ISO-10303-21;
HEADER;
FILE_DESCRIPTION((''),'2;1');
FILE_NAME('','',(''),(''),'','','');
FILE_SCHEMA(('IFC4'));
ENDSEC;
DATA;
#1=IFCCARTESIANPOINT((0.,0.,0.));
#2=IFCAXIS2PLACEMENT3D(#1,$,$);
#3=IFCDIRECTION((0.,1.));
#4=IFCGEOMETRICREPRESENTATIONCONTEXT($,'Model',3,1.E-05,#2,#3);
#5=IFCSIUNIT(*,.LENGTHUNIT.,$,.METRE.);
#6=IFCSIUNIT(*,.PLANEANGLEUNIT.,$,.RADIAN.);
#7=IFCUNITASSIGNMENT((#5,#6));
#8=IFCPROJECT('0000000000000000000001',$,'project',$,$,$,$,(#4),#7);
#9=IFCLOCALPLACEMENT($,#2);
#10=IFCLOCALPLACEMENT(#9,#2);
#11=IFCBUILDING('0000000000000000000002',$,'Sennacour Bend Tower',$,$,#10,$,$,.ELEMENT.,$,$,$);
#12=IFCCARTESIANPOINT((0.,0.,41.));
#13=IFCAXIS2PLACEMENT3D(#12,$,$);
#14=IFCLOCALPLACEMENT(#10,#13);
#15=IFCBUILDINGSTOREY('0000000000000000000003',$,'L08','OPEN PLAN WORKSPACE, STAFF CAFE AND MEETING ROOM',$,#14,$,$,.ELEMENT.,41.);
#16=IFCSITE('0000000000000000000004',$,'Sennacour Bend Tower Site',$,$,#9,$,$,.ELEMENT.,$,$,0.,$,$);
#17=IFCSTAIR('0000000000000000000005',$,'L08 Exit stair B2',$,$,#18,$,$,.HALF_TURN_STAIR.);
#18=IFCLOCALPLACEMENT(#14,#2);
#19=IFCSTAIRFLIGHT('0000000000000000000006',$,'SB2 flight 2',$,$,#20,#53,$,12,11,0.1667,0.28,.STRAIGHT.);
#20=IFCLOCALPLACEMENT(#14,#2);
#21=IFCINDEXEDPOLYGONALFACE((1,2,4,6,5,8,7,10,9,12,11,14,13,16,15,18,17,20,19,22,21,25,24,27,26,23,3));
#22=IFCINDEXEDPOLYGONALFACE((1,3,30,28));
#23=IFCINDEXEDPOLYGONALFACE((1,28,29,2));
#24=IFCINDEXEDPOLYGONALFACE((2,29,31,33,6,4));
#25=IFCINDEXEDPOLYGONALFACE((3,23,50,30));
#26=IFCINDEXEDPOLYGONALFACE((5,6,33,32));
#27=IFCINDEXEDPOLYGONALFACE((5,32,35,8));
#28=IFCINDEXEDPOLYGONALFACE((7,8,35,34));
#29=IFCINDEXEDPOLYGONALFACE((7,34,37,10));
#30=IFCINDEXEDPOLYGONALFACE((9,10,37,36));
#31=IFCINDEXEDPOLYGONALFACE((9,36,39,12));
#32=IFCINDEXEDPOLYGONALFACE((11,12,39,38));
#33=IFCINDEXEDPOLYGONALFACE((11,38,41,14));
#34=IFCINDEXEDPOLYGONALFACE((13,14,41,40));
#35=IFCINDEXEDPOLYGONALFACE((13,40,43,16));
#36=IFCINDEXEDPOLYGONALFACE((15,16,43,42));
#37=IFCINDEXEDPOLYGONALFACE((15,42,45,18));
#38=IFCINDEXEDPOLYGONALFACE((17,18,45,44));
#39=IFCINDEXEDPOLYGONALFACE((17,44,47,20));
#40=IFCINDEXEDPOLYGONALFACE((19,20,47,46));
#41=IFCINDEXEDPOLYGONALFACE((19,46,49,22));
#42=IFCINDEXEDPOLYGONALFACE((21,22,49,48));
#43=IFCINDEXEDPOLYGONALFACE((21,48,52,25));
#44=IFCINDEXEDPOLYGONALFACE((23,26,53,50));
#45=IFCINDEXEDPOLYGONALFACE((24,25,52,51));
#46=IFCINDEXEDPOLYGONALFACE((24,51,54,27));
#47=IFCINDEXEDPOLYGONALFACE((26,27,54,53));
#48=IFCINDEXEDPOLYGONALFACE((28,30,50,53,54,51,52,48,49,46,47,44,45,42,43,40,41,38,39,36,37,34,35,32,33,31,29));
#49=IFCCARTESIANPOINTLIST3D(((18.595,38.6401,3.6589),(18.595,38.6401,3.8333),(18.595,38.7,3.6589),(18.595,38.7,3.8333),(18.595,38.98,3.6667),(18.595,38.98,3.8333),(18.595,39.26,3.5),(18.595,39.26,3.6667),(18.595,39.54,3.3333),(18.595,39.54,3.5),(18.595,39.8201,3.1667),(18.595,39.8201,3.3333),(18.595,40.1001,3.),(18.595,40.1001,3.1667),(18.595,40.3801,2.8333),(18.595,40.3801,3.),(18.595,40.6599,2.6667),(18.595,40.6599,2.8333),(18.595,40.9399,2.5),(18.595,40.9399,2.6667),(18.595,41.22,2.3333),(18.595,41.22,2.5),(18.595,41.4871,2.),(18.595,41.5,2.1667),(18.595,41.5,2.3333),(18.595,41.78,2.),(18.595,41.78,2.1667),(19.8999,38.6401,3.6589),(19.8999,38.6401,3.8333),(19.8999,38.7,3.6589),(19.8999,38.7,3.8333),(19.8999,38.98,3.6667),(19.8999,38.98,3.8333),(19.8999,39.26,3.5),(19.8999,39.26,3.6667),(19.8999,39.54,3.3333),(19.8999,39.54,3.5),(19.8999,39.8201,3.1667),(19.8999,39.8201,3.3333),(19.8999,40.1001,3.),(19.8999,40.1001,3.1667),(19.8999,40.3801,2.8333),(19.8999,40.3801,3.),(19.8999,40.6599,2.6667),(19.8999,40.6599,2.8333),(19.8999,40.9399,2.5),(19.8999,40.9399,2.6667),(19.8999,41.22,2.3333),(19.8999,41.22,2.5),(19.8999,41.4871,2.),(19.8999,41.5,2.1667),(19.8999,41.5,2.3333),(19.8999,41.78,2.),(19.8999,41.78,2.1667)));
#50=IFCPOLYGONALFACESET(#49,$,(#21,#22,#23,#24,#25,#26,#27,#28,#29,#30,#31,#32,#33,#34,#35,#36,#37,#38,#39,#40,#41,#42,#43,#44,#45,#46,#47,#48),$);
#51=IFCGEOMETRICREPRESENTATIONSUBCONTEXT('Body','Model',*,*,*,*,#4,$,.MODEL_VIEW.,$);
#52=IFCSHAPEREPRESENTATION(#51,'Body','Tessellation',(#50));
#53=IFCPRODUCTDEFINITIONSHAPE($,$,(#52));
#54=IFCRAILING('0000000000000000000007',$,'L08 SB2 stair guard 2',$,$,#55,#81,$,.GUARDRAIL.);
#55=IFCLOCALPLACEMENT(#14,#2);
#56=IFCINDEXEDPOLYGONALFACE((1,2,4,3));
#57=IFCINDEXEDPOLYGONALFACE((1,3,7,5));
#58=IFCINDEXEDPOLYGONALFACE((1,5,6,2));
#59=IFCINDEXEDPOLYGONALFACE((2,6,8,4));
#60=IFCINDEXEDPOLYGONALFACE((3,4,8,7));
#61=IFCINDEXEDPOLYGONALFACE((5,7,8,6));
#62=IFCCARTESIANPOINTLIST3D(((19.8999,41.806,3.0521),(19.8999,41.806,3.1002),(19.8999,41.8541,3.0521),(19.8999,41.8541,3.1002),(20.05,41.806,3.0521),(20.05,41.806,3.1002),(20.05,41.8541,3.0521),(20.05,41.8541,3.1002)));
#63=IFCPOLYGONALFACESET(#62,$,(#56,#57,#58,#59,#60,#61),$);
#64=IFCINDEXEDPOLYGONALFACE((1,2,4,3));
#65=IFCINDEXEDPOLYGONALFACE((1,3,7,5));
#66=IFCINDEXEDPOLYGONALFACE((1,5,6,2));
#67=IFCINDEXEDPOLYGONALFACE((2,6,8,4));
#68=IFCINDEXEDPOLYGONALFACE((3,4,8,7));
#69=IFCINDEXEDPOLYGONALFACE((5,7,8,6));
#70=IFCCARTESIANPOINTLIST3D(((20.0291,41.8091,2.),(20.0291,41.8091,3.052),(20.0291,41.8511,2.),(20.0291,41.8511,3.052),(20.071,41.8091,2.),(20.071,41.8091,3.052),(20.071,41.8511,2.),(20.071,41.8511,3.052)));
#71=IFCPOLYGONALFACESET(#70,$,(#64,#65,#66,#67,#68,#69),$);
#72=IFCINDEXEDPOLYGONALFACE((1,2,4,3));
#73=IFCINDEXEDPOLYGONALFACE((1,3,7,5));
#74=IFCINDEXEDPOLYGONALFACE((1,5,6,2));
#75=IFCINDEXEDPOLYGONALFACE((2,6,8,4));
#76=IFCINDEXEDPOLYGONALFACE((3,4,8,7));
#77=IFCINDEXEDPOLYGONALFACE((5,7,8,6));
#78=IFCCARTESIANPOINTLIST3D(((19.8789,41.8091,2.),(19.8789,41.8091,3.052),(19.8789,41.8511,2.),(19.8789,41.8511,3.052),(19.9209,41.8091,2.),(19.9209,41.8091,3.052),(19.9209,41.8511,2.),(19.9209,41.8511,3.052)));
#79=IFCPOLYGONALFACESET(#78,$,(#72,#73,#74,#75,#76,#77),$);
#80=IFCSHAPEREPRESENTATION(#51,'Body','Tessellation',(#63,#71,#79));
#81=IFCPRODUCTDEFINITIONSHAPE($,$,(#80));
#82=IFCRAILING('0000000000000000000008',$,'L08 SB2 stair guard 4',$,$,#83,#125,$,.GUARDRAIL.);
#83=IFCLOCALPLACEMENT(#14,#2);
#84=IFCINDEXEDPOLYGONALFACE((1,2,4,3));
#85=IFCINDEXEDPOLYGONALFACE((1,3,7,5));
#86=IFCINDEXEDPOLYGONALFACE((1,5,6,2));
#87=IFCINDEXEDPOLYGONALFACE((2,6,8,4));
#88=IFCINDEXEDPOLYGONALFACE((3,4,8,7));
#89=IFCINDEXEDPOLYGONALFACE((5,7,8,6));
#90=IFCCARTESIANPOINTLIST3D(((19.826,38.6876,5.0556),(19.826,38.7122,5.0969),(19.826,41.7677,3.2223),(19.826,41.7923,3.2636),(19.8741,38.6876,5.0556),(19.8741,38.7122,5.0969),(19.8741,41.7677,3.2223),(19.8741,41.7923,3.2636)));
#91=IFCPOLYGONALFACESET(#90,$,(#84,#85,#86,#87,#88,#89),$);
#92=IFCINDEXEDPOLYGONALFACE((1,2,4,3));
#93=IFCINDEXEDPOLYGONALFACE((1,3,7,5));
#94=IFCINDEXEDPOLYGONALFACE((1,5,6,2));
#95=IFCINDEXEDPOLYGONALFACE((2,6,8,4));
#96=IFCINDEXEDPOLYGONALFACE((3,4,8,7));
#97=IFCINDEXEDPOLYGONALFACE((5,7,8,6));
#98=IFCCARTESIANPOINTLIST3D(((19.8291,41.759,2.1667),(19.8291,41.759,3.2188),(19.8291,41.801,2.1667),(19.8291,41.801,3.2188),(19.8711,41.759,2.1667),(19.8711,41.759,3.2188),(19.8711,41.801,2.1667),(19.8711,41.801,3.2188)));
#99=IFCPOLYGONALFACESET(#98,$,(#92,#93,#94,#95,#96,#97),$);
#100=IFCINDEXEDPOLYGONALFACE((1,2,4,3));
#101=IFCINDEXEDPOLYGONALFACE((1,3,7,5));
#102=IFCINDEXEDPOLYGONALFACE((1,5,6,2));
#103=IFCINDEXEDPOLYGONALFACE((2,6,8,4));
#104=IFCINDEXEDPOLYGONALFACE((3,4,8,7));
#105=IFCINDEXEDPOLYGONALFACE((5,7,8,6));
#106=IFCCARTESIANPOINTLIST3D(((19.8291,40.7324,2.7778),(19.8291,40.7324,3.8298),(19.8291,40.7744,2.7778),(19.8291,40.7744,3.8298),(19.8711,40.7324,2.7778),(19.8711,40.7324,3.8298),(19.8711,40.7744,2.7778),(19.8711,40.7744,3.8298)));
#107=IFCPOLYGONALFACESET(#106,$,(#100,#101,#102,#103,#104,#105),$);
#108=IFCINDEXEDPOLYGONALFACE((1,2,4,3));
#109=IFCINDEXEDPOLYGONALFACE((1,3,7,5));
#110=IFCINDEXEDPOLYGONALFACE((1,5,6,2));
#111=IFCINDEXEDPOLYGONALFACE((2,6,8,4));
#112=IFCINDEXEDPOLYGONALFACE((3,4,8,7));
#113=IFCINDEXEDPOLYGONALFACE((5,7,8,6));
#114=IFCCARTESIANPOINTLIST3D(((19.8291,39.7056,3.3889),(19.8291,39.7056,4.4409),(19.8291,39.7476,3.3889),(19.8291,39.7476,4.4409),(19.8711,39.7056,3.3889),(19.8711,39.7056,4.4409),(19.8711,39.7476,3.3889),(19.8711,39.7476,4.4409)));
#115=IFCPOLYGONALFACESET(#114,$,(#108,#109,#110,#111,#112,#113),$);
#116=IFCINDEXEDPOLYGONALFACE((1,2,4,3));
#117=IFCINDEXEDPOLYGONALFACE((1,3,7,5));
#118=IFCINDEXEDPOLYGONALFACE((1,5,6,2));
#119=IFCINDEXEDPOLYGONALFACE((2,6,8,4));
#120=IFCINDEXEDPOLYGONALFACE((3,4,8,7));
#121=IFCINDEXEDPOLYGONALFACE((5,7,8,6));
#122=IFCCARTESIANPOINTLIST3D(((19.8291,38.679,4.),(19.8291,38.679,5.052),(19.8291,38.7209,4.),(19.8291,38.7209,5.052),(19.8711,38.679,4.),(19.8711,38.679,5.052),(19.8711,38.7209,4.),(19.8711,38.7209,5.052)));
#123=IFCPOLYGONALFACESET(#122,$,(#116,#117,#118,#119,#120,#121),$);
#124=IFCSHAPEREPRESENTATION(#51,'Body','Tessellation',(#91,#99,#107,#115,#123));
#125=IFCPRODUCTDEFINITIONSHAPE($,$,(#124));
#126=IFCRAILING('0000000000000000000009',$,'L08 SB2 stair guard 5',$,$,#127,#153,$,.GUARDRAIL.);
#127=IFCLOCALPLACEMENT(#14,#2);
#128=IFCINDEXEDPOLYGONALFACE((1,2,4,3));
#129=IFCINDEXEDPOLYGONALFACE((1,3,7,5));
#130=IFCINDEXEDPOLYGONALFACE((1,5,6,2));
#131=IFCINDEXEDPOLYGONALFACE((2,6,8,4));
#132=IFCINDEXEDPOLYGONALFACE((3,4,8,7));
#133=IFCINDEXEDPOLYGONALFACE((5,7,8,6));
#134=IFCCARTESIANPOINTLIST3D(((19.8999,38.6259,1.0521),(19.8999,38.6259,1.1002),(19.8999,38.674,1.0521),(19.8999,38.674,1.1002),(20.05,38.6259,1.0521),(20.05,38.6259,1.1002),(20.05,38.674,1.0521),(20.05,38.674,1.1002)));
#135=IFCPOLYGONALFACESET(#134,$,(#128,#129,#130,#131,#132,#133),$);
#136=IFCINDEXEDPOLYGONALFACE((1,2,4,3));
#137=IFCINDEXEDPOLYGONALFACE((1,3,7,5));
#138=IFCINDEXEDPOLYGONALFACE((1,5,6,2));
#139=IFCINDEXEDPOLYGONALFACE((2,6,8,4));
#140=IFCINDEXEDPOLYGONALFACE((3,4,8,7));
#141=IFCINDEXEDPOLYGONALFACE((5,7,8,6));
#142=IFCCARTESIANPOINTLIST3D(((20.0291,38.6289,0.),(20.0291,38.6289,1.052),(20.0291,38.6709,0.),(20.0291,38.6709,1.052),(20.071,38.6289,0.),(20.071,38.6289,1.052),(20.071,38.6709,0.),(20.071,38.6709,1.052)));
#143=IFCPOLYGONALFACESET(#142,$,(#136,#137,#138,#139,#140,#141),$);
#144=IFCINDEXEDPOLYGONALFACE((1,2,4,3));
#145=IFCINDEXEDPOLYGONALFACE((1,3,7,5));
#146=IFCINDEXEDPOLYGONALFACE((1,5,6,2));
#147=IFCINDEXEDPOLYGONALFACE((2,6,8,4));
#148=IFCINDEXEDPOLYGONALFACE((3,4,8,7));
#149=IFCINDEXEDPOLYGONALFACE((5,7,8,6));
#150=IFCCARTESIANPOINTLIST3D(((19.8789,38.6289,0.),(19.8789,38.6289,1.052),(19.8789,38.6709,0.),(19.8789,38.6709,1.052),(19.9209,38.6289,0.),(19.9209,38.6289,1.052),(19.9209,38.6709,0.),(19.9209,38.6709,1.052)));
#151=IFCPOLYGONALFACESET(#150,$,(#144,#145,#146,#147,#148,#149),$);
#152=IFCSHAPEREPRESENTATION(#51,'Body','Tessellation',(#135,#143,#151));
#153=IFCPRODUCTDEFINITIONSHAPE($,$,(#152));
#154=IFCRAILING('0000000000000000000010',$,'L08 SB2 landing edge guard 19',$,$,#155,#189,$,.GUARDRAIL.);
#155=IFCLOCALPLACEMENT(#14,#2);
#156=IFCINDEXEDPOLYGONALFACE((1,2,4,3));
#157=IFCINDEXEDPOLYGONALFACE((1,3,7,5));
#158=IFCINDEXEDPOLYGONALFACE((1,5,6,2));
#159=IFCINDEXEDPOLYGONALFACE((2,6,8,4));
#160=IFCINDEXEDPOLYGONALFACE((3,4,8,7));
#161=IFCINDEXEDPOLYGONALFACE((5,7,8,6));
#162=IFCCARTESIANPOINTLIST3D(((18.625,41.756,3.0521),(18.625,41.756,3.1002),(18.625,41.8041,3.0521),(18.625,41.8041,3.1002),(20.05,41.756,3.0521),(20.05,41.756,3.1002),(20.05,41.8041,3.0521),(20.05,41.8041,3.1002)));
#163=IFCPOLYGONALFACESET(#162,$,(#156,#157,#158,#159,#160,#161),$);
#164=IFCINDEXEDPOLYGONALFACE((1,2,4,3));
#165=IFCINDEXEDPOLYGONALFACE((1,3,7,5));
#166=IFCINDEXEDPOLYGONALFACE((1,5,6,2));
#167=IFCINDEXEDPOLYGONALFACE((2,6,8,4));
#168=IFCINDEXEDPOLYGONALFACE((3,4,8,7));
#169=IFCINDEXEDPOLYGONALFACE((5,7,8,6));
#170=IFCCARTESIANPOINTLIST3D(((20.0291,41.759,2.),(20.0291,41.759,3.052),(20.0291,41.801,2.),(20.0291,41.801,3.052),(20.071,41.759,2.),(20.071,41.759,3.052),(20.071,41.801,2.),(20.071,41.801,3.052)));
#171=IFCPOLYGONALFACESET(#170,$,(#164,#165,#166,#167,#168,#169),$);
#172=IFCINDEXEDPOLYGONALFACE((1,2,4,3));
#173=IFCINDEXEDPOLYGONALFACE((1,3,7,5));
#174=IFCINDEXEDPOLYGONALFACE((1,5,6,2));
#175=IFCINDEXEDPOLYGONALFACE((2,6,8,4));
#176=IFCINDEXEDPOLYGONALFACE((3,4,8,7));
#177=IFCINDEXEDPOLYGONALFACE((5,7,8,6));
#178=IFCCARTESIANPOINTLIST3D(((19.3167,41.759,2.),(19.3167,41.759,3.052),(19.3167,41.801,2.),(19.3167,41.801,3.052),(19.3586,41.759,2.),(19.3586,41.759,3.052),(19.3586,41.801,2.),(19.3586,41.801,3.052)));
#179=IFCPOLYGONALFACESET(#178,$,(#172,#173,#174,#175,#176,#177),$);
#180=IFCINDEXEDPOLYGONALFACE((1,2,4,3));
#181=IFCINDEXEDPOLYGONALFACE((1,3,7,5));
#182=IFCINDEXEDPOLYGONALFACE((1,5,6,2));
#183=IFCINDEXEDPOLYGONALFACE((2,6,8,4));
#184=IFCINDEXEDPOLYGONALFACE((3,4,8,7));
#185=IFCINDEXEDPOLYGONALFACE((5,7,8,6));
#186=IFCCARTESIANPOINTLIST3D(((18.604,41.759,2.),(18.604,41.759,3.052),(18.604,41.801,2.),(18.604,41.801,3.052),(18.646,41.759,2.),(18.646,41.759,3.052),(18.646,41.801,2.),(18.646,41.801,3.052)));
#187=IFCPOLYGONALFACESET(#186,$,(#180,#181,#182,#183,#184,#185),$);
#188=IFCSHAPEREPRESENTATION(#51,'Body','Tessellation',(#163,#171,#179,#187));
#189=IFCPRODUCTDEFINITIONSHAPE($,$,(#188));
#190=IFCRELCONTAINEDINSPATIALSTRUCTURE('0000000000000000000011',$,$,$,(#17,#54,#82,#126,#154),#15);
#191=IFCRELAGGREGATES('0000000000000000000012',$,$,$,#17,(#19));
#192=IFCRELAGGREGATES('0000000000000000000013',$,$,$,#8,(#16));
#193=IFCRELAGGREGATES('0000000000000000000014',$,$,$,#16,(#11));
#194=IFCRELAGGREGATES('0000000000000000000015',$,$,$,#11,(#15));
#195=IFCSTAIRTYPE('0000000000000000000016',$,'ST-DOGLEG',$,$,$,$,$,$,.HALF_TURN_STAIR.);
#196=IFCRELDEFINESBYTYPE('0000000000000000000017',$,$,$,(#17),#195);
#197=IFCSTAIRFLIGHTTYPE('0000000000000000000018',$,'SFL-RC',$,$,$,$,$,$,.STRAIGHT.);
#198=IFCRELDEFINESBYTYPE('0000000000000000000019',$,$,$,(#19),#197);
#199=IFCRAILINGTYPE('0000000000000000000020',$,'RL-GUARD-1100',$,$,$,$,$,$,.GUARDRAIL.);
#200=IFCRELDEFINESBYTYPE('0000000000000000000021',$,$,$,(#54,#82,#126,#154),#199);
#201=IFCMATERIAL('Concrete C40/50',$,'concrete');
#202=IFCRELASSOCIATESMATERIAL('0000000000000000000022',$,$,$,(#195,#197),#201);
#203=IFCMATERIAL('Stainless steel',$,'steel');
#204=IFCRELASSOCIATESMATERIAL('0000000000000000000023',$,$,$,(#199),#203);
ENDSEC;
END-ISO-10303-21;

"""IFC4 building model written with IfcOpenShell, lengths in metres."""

from ifc_helpers import new_model, si_unit, direction, frame, origin, origin_2d, place, context, subcontext, project, spatial, polyline, rectangle, outline, extrude, material, type_object, element, aggregate, save


model = new_model("IFC4")

# Units and contexts
model_context = context("Model", 3, precision=1e-05, world=origin(), true_north=direction((0.0, 1.0)))
body_context = subcontext(model_context, "Body", "Model", "MODEL_VIEW")
ifc_project = project(units=[si_unit("LENGTHUNIT", "METRE"), si_unit("PLANEANGLEUNIT", "RADIAN")], contexts=[model_context])

# Site, building, storey
site_placement = place(None, origin())
site = spatial("IfcSite", under=ifc_project, at=site_placement, Name="Sennacour Bend Tower Site", CompositionType="ELEMENT", RefElevation=0.0)
building_placement = place(site_placement, origin())
building = spatial("IfcBuilding", under=site, at=building_placement, Name="Sennacour Bend Tower", CompositionType="ELEMENT")
storey_placement = place(building_placement, frame((0.0, 0.0, 41.0)))
storey = spatial("IfcBuildingStorey", under=building, at=storey_placement, Name="L08", Description="OPEN PLAN WORKSPACE, STAFF CAFE AND MEETING ROOM", CompositionType="ELEMENT", Elevation=41.0)

# Shared definitions
ifc_material_1 = material(Name="Stainless steel", Category="steel")

# Stair, stair flight
ifc_material_2 = material(Name="Concrete C40/50", Category="concrete")
stair_type = type_object("IfcStairType", Name="ST-DOGLEG", PredefinedType="HALF_TURN_STAIR", material=ifc_material_2)
stair_placement = place(storey_placement, origin())
stair = element("IfcStair", 1, at=stair_placement, inside=storey, type_object=stair_type, Name="L08 Exit stair B2", PredefinedType="HALF_TURN_STAIR")
stair_flight_type = type_object("IfcStairFlightType", Name="SFL-RC", PredefinedType="STRAIGHT", material=ifc_material_2)
stair_flight_placement = place(storey_placement, frame((19.2476, 41.78, 2.0), z_axis=(0.0, 0.0, 1.0), x_axis=(0.0, -1.0, 0.0)))
stair_flight = element("IfcStairFlight", 2, at=stair_flight_placement, type_object=stair_flight_type, Name="SB2 flight 2", NumberOfRisers=12, NumberOfTreads=11, PredefinedType="STRAIGHT", RiserHeight=0.1667, TreadLength=0.28, context=body_context, shape_type="SweptSolid", body=[
    extrude(outline(polyline([(0.0, 0.0), (0.0, 0.1667), (0.28, 0.1667), (0.28, 0.3333), (0.5601, 0.3333), (0.5601, 0.5), (0.8401, 0.5), (0.8401, 0.6667), (1.1201, 0.6667), (1.1201, 0.8333), (1.3999, 0.8333), (1.3999, 1.0), (1.6799, 1.0), (1.6799, 1.1667), (1.96, 1.1667), (1.96, 1.3333), (2.24, 1.3333), (2.24, 1.5), (2.52, 1.5), (2.52, 1.6667), (2.8, 1.6667), (2.8, 1.8333), (3.0801, 1.8333), (3.1399, 1.8333), (3.1399, 1.6589), (3.0801, 1.6589), (0.293, 0.0), (0.0, 0.0)])), frame((0.0, 0.6523, 0.0), z_axis=(0.0, -1.0, 0.0), x_axis=(1.0, 0.0, 0.0)), (0.0, 0.0, 1.0), 1.3049),
])
aggregate(stair, [stair_flight])

# Railings
railing_type_1 = type_object("IfcRailingType", Name="RL-GUARD-1100", PredefinedType="GUARDRAIL", material=ifc_material_1)
railing_1_placement = place(storey_placement, frame((20.05, 41.8301, 2.0)))
element("IfcRailing", 3, at=railing_1_placement, inside=storey, type_object=railing_type_1, Name="L08 SB2 stair guard 2", PredefinedType="GUARDRAIL", context=body_context, shape_type="SweptSolid", body=[
    extrude(rectangle(XDim=0.0481, YDim=0.0481, at=origin_2d()), frame((0.0, 0.0, 1.0762), z_axis=(-1.0, 0.0, 0.0), x_axis=(0.0, -1.0, 0.0)), (0.0, 0.0, 1.0), 0.1501),
    extrude(rectangle(XDim=0.042, YDim=0.042, at=origin_2d()), origin(), (0.0, 0.0, 1.0), 1.052),
    extrude(rectangle(XDim=0.042, YDim=0.042, at=origin_2d()), frame((-0.1501, 0.0, 0.0)), (0.0, 0.0, 1.0), 1.052),
])
railing_2_placement = place(storey_placement, frame((19.8501, 41.78, 2.1667)))
element("IfcRailing", 4, at=railing_2_placement, inside=storey, type_object=railing_type_1, Name="L08 SB2 stair guard 4", PredefinedType="GUARDRAIL", context=body_context, shape_type="SweptSolid", body=[
    extrude(rectangle(XDim=0.0481, YDim=0.0481, at=origin_2d()), frame((0.0, 0.0, 1.0762), z_axis=(0.0, -0.859309, 0.511458), x_axis=(1.0, 0.0, 0.0)), (0.0, 0.0, 1.0), 3.5845),
    extrude(rectangle(XDim=0.042, YDim=0.042, at=origin_2d()), origin(), (0.0, 0.0, 1.0), 1.052),
    extrude(rectangle(XDim=0.042, YDim=0.042, at=origin_2d()), frame((0.0, -1.0266, 0.6111)), (0.0, 0.0, 1.0), 1.052),
    extrude(rectangle(XDim=0.042, YDim=0.042, at=origin_2d()), frame((0.0, -2.0535, 1.2222)), (0.0, 0.0, 1.0), 1.052),
    extrude(rectangle(XDim=0.042, YDim=0.042, at=origin_2d()), frame((0.0, -3.0801, 1.8333)), (0.0, 0.0, 1.0), 1.052),
])
railing_3_placement = place(storey_placement, frame((20.05, 38.6499, 0.0)))
element("IfcRailing", 5, at=railing_3_placement, inside=storey, type_object=railing_type_1, Name="L08 SB2 stair guard 5", PredefinedType="GUARDRAIL", context=body_context, shape_type="SweptSolid", body=[
    extrude(rectangle(XDim=0.0481, YDim=0.0481, at=origin_2d()), frame((0.0, 0.0, 1.0762), z_axis=(-1.0, 0.0, 0.0), x_axis=(0.0, -1.0, 0.0)), (0.0, 0.0, 1.0), 0.1501),
    extrude(rectangle(XDim=0.042, YDim=0.042, at=origin_2d()), origin(), (0.0, 0.0, 1.0), 1.052),
    extrude(rectangle(XDim=0.042, YDim=0.042, at=origin_2d()), frame((-0.1501, 0.0, 0.0)), (0.0, 0.0, 1.0), 1.052),
])
railing_4_placement = place(storey_placement, frame((20.05, 41.78, 2.0)))
element("IfcRailing", 6, at=railing_4_placement, inside=storey, type_object=railing_type_1, Name="L08 SB2 landing edge guard 19", PredefinedType="GUARDRAIL", context=body_context, shape_type="SweptSolid", body=[
    extrude(rectangle(XDim=0.0481, YDim=0.0481, at=origin_2d()), frame((0.0, 0.0, 1.0762), z_axis=(-1.0, 0.0, 0.0), x_axis=(0.0, -1.0, 0.0)), (0.0, 0.0, 1.0), 1.425),
    extrude(rectangle(XDim=0.042, YDim=0.042, at=origin_2d()), origin(), (0.0, 0.0, 1.0), 1.052),
    extrude(rectangle(XDim=0.042, YDim=0.042, at=origin_2d()), frame((-0.7124, 0.0, 0.0)), (0.0, 0.0, 1.0), 1.052),
    extrude(rectangle(XDim=0.042, YDim=0.042, at=origin_2d()), frame((-1.425, 0.0, 0.0)), (0.0, 0.0, 1.0), 1.052),
])

save(model, "model.ifc")
